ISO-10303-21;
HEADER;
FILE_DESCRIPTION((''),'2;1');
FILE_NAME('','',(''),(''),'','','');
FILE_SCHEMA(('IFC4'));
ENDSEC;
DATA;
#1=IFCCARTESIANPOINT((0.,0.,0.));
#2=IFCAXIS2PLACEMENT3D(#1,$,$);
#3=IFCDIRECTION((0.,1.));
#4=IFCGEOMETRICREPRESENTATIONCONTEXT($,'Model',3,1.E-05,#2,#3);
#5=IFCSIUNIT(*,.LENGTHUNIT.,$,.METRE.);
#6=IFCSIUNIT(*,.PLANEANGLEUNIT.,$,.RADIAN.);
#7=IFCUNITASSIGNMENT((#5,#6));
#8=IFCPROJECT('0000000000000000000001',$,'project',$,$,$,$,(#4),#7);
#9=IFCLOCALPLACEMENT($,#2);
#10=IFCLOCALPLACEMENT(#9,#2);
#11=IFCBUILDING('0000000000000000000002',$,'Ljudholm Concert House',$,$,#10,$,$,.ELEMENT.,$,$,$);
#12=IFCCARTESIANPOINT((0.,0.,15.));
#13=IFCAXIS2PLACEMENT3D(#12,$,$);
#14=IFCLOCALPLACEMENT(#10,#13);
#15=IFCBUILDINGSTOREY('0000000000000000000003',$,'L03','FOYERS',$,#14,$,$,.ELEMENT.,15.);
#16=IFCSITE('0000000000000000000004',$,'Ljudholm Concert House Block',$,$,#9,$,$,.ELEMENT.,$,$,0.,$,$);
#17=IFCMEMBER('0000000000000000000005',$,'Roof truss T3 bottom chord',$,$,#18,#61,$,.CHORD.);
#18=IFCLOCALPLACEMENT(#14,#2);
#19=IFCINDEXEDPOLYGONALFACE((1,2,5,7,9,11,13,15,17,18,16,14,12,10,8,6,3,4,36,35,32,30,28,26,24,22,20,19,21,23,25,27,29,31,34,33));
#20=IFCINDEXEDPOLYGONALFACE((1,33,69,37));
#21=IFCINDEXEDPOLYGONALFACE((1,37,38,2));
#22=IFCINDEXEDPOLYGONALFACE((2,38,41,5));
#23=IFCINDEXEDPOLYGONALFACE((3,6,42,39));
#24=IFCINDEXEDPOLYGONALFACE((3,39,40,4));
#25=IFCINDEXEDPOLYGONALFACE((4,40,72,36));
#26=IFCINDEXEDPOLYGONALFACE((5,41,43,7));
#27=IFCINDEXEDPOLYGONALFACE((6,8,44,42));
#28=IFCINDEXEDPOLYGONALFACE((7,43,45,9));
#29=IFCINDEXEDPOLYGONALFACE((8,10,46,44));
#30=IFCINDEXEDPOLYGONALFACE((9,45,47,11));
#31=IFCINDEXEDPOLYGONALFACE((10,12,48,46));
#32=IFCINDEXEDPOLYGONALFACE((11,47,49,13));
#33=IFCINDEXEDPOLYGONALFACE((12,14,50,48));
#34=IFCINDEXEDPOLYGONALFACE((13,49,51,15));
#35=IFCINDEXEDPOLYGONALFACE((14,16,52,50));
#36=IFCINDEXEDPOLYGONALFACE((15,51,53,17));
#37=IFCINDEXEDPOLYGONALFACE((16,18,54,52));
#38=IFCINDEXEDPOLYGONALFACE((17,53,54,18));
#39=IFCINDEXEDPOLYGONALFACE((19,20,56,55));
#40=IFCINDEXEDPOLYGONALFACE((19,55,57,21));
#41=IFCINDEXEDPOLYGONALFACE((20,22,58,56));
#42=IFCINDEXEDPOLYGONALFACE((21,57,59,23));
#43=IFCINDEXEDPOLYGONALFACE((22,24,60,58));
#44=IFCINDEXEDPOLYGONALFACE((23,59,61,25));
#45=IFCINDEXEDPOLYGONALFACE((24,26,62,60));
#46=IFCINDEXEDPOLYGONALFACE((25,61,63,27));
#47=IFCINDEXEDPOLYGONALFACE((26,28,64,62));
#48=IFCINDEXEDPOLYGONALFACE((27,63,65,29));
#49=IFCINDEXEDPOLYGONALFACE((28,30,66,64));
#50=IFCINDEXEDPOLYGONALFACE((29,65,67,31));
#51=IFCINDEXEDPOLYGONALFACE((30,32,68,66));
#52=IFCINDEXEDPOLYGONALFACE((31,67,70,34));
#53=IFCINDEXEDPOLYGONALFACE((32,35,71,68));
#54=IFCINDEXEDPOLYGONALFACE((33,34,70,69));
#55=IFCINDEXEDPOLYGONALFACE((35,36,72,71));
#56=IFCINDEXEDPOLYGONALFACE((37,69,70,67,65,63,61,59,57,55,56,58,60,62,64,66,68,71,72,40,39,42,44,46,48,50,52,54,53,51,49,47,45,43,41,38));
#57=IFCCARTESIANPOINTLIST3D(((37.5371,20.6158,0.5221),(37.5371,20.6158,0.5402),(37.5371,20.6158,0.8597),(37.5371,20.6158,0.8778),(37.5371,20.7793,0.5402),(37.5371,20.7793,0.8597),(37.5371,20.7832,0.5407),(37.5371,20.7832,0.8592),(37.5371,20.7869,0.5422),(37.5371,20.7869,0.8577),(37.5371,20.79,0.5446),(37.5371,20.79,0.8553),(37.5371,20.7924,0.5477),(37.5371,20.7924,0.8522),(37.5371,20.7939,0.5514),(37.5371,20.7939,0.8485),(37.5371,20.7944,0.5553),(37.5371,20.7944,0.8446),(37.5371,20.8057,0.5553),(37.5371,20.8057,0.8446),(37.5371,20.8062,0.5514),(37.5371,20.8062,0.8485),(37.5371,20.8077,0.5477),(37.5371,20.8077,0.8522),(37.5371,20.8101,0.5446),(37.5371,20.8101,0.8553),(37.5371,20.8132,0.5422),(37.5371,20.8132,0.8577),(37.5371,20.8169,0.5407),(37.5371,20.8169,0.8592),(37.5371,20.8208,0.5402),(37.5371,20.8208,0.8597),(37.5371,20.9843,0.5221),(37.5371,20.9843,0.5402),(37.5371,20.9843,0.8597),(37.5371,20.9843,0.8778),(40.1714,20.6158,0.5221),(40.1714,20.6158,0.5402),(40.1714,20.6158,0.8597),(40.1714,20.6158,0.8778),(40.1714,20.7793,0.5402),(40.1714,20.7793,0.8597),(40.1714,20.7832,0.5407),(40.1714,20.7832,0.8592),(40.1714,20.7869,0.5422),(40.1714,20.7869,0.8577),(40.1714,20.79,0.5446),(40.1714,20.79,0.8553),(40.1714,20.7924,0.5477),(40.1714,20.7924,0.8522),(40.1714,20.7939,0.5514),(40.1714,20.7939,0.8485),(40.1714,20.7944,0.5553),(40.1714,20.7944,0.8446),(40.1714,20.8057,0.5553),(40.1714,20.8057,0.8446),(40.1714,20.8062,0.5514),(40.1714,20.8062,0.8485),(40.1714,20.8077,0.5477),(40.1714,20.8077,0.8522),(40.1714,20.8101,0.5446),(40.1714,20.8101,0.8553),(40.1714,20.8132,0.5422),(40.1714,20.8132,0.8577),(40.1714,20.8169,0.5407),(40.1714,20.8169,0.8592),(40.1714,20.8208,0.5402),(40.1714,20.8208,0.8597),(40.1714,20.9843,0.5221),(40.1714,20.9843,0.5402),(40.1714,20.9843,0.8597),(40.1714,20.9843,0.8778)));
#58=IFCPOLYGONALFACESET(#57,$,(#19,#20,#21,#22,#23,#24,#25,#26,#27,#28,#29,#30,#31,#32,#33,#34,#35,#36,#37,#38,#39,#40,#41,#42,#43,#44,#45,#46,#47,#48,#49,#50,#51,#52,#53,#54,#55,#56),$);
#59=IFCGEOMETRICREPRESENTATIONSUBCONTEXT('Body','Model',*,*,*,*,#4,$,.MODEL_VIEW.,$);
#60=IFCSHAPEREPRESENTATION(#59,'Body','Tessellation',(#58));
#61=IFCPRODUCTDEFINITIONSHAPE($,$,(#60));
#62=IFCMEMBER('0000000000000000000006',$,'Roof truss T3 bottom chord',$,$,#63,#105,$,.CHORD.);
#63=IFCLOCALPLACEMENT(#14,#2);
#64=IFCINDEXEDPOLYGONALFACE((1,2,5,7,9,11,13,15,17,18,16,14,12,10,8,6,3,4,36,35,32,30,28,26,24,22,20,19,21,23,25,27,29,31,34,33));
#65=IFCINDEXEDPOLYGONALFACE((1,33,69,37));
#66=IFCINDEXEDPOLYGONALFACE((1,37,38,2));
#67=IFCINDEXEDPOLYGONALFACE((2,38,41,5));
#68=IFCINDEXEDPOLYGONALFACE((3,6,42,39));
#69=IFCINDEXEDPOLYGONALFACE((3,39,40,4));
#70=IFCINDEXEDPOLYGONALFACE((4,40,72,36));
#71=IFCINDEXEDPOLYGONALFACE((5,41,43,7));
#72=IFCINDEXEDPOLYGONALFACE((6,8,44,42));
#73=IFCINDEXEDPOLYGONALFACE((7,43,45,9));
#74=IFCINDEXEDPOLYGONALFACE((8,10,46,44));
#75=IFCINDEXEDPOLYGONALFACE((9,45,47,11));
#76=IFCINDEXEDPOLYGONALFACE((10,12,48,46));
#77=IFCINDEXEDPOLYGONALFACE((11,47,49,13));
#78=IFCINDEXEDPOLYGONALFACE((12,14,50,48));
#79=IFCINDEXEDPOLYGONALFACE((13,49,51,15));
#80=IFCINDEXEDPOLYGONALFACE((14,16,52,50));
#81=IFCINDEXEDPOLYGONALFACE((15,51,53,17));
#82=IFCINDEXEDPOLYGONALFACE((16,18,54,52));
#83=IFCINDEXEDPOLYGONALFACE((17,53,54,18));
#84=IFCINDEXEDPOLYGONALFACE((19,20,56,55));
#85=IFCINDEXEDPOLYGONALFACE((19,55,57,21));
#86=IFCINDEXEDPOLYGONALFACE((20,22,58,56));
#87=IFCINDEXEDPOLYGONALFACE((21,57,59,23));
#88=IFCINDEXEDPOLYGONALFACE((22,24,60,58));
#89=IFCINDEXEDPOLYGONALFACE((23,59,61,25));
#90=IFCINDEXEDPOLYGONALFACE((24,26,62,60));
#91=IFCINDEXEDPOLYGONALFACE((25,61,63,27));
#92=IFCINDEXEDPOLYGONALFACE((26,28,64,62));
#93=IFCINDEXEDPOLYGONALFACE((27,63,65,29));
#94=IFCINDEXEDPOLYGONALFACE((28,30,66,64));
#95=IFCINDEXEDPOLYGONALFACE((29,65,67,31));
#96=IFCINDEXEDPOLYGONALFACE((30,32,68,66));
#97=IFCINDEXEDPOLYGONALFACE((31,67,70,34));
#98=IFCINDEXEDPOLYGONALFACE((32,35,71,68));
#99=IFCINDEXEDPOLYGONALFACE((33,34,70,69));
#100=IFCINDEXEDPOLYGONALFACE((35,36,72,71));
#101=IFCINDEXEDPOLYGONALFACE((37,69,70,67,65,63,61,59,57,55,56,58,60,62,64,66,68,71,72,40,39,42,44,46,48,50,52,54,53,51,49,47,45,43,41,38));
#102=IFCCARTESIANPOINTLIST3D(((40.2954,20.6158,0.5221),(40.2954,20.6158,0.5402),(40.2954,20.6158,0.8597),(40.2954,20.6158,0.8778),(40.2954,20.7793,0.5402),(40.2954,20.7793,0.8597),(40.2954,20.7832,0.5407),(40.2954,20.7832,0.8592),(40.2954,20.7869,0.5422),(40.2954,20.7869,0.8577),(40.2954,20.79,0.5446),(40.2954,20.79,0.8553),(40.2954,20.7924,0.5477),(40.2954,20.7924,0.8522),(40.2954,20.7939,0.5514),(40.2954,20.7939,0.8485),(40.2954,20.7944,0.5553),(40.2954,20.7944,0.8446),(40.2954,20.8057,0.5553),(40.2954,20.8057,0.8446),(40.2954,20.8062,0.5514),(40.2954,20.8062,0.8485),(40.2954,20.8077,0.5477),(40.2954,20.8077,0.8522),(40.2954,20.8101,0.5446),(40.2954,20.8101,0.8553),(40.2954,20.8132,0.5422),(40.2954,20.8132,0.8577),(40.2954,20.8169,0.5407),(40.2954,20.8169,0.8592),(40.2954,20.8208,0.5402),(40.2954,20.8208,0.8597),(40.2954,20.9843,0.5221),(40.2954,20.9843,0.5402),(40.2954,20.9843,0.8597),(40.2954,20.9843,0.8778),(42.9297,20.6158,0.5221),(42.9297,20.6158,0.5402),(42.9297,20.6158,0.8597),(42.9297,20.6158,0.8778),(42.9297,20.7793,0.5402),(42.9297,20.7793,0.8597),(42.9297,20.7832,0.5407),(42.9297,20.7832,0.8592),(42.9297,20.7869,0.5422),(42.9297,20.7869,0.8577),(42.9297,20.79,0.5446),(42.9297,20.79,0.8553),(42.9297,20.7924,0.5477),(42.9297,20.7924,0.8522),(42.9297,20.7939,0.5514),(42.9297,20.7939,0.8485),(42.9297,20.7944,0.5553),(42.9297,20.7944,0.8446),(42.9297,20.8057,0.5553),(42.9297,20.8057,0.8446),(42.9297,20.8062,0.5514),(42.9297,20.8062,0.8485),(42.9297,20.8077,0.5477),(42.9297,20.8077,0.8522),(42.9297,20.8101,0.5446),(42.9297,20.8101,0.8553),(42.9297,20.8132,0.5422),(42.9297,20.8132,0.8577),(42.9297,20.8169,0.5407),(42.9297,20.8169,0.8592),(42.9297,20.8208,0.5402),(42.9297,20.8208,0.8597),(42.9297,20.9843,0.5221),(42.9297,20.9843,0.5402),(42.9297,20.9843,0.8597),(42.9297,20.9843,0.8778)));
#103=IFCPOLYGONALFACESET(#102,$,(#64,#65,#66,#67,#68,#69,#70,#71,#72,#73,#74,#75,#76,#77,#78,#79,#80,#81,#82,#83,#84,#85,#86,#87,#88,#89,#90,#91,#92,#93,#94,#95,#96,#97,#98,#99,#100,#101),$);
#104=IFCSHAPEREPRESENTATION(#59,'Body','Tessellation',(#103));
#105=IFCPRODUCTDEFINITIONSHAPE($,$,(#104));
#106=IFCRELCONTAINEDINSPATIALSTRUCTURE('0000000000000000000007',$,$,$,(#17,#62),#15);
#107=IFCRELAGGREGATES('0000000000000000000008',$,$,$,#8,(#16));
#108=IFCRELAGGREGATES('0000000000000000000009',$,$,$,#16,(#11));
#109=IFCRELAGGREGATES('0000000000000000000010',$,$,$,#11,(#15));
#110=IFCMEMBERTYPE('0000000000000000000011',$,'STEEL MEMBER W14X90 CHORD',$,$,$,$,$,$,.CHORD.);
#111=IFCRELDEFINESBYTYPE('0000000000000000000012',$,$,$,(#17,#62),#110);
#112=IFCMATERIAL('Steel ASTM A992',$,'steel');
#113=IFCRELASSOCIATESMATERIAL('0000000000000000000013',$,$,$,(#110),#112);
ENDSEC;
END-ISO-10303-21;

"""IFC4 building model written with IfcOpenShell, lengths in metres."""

from ifc_helpers import new_model, si_unit, direction, frame, origin, origin_2d, place, context, subcontext, project, spatial, i_section, extrude, material, material_profile, profile_set, type_object, element, save


model = new_model("IFC4")

# Units and contexts
model_context = context("Model", 3, precision=1e-05, world=origin(), true_north=direction((0.0, 1.0)))
body_context = subcontext(model_context, "Body", "Model", "MODEL_VIEW")
ifc_project = project(units=[si_unit("LENGTHUNIT", "METRE"), si_unit("PLANEANGLEUNIT", "RADIAN")], contexts=[model_context])

# Site, building, storey
site_placement = place(None, origin())
site = spatial("IfcSite", under=ifc_project, at=site_placement, Name="Ljudholm Concert House Block", CompositionType="ELEMENT", RefElevation=0.0)
building_placement = place(site_placement, origin())
building = spatial("IfcBuilding", under=site, at=building_placement, Name="Ljudholm Concert House", CompositionType="ELEMENT")
storey_placement = place(building_placement, frame((0.0, 0.0, 15.0)))
storey = spatial("IfcBuildingStorey", under=building, at=storey_placement, Name="L03", Description="FOYERS", CompositionType="ELEMENT", Elevation=15.0)

# Members
ifc_material_1 = material(Name="Steel ASTM A992", Category="steel")
ifc_material_profile_1 = material_profile(ifc_material_1, i_section(OverallWidth=0.3684, OverallDepth=0.3557, WebThickness=0.0112, FlangeThickness=0.0181, FilletRadius=0.0151, at=origin_2d()), Name="W14X90")
ifc_profile_set_1 = profile_set([ifc_material_profile_1], Name="Steel ASTM A992")
member_type = type_object("IfcMemberType", Name="STEEL MEMBER W14X90 CHORD", PredefinedType="CHORD", material=ifc_profile_set_1)
for number, where, z_axis, x_axis, name in (
    (1, (37.5371, 20.8, 0.7), (1.0, 0.0, 0.0), (0.0, 1.0, 0.0), "Roof truss T3 bottom chord"),
    (2, (40.2954, 20.8, 0.7), (1.0, 0.0, 0.0), (0.0, 1.0, 0.0), "Roof truss T3 bottom chord"),
):
    element("IfcMember", number, at=place(storey_placement, frame(where, z_axis=z_axis, x_axis=x_axis)), inside=storey, type_object=member_type, Name=name, PredefinedType="CHORD", context=body_context, shape_type="SweptSolid", body=[
        extrude(i_section(OverallWidth=0.3684, OverallDepth=0.3557, WebThickness=0.0112, FlangeThickness=0.0181, FilletRadius=0.0151, at=origin_2d()), origin(), (0.0, 0.0, 1.0), 2.6343),
    ])

save(model, "model.ifc")
